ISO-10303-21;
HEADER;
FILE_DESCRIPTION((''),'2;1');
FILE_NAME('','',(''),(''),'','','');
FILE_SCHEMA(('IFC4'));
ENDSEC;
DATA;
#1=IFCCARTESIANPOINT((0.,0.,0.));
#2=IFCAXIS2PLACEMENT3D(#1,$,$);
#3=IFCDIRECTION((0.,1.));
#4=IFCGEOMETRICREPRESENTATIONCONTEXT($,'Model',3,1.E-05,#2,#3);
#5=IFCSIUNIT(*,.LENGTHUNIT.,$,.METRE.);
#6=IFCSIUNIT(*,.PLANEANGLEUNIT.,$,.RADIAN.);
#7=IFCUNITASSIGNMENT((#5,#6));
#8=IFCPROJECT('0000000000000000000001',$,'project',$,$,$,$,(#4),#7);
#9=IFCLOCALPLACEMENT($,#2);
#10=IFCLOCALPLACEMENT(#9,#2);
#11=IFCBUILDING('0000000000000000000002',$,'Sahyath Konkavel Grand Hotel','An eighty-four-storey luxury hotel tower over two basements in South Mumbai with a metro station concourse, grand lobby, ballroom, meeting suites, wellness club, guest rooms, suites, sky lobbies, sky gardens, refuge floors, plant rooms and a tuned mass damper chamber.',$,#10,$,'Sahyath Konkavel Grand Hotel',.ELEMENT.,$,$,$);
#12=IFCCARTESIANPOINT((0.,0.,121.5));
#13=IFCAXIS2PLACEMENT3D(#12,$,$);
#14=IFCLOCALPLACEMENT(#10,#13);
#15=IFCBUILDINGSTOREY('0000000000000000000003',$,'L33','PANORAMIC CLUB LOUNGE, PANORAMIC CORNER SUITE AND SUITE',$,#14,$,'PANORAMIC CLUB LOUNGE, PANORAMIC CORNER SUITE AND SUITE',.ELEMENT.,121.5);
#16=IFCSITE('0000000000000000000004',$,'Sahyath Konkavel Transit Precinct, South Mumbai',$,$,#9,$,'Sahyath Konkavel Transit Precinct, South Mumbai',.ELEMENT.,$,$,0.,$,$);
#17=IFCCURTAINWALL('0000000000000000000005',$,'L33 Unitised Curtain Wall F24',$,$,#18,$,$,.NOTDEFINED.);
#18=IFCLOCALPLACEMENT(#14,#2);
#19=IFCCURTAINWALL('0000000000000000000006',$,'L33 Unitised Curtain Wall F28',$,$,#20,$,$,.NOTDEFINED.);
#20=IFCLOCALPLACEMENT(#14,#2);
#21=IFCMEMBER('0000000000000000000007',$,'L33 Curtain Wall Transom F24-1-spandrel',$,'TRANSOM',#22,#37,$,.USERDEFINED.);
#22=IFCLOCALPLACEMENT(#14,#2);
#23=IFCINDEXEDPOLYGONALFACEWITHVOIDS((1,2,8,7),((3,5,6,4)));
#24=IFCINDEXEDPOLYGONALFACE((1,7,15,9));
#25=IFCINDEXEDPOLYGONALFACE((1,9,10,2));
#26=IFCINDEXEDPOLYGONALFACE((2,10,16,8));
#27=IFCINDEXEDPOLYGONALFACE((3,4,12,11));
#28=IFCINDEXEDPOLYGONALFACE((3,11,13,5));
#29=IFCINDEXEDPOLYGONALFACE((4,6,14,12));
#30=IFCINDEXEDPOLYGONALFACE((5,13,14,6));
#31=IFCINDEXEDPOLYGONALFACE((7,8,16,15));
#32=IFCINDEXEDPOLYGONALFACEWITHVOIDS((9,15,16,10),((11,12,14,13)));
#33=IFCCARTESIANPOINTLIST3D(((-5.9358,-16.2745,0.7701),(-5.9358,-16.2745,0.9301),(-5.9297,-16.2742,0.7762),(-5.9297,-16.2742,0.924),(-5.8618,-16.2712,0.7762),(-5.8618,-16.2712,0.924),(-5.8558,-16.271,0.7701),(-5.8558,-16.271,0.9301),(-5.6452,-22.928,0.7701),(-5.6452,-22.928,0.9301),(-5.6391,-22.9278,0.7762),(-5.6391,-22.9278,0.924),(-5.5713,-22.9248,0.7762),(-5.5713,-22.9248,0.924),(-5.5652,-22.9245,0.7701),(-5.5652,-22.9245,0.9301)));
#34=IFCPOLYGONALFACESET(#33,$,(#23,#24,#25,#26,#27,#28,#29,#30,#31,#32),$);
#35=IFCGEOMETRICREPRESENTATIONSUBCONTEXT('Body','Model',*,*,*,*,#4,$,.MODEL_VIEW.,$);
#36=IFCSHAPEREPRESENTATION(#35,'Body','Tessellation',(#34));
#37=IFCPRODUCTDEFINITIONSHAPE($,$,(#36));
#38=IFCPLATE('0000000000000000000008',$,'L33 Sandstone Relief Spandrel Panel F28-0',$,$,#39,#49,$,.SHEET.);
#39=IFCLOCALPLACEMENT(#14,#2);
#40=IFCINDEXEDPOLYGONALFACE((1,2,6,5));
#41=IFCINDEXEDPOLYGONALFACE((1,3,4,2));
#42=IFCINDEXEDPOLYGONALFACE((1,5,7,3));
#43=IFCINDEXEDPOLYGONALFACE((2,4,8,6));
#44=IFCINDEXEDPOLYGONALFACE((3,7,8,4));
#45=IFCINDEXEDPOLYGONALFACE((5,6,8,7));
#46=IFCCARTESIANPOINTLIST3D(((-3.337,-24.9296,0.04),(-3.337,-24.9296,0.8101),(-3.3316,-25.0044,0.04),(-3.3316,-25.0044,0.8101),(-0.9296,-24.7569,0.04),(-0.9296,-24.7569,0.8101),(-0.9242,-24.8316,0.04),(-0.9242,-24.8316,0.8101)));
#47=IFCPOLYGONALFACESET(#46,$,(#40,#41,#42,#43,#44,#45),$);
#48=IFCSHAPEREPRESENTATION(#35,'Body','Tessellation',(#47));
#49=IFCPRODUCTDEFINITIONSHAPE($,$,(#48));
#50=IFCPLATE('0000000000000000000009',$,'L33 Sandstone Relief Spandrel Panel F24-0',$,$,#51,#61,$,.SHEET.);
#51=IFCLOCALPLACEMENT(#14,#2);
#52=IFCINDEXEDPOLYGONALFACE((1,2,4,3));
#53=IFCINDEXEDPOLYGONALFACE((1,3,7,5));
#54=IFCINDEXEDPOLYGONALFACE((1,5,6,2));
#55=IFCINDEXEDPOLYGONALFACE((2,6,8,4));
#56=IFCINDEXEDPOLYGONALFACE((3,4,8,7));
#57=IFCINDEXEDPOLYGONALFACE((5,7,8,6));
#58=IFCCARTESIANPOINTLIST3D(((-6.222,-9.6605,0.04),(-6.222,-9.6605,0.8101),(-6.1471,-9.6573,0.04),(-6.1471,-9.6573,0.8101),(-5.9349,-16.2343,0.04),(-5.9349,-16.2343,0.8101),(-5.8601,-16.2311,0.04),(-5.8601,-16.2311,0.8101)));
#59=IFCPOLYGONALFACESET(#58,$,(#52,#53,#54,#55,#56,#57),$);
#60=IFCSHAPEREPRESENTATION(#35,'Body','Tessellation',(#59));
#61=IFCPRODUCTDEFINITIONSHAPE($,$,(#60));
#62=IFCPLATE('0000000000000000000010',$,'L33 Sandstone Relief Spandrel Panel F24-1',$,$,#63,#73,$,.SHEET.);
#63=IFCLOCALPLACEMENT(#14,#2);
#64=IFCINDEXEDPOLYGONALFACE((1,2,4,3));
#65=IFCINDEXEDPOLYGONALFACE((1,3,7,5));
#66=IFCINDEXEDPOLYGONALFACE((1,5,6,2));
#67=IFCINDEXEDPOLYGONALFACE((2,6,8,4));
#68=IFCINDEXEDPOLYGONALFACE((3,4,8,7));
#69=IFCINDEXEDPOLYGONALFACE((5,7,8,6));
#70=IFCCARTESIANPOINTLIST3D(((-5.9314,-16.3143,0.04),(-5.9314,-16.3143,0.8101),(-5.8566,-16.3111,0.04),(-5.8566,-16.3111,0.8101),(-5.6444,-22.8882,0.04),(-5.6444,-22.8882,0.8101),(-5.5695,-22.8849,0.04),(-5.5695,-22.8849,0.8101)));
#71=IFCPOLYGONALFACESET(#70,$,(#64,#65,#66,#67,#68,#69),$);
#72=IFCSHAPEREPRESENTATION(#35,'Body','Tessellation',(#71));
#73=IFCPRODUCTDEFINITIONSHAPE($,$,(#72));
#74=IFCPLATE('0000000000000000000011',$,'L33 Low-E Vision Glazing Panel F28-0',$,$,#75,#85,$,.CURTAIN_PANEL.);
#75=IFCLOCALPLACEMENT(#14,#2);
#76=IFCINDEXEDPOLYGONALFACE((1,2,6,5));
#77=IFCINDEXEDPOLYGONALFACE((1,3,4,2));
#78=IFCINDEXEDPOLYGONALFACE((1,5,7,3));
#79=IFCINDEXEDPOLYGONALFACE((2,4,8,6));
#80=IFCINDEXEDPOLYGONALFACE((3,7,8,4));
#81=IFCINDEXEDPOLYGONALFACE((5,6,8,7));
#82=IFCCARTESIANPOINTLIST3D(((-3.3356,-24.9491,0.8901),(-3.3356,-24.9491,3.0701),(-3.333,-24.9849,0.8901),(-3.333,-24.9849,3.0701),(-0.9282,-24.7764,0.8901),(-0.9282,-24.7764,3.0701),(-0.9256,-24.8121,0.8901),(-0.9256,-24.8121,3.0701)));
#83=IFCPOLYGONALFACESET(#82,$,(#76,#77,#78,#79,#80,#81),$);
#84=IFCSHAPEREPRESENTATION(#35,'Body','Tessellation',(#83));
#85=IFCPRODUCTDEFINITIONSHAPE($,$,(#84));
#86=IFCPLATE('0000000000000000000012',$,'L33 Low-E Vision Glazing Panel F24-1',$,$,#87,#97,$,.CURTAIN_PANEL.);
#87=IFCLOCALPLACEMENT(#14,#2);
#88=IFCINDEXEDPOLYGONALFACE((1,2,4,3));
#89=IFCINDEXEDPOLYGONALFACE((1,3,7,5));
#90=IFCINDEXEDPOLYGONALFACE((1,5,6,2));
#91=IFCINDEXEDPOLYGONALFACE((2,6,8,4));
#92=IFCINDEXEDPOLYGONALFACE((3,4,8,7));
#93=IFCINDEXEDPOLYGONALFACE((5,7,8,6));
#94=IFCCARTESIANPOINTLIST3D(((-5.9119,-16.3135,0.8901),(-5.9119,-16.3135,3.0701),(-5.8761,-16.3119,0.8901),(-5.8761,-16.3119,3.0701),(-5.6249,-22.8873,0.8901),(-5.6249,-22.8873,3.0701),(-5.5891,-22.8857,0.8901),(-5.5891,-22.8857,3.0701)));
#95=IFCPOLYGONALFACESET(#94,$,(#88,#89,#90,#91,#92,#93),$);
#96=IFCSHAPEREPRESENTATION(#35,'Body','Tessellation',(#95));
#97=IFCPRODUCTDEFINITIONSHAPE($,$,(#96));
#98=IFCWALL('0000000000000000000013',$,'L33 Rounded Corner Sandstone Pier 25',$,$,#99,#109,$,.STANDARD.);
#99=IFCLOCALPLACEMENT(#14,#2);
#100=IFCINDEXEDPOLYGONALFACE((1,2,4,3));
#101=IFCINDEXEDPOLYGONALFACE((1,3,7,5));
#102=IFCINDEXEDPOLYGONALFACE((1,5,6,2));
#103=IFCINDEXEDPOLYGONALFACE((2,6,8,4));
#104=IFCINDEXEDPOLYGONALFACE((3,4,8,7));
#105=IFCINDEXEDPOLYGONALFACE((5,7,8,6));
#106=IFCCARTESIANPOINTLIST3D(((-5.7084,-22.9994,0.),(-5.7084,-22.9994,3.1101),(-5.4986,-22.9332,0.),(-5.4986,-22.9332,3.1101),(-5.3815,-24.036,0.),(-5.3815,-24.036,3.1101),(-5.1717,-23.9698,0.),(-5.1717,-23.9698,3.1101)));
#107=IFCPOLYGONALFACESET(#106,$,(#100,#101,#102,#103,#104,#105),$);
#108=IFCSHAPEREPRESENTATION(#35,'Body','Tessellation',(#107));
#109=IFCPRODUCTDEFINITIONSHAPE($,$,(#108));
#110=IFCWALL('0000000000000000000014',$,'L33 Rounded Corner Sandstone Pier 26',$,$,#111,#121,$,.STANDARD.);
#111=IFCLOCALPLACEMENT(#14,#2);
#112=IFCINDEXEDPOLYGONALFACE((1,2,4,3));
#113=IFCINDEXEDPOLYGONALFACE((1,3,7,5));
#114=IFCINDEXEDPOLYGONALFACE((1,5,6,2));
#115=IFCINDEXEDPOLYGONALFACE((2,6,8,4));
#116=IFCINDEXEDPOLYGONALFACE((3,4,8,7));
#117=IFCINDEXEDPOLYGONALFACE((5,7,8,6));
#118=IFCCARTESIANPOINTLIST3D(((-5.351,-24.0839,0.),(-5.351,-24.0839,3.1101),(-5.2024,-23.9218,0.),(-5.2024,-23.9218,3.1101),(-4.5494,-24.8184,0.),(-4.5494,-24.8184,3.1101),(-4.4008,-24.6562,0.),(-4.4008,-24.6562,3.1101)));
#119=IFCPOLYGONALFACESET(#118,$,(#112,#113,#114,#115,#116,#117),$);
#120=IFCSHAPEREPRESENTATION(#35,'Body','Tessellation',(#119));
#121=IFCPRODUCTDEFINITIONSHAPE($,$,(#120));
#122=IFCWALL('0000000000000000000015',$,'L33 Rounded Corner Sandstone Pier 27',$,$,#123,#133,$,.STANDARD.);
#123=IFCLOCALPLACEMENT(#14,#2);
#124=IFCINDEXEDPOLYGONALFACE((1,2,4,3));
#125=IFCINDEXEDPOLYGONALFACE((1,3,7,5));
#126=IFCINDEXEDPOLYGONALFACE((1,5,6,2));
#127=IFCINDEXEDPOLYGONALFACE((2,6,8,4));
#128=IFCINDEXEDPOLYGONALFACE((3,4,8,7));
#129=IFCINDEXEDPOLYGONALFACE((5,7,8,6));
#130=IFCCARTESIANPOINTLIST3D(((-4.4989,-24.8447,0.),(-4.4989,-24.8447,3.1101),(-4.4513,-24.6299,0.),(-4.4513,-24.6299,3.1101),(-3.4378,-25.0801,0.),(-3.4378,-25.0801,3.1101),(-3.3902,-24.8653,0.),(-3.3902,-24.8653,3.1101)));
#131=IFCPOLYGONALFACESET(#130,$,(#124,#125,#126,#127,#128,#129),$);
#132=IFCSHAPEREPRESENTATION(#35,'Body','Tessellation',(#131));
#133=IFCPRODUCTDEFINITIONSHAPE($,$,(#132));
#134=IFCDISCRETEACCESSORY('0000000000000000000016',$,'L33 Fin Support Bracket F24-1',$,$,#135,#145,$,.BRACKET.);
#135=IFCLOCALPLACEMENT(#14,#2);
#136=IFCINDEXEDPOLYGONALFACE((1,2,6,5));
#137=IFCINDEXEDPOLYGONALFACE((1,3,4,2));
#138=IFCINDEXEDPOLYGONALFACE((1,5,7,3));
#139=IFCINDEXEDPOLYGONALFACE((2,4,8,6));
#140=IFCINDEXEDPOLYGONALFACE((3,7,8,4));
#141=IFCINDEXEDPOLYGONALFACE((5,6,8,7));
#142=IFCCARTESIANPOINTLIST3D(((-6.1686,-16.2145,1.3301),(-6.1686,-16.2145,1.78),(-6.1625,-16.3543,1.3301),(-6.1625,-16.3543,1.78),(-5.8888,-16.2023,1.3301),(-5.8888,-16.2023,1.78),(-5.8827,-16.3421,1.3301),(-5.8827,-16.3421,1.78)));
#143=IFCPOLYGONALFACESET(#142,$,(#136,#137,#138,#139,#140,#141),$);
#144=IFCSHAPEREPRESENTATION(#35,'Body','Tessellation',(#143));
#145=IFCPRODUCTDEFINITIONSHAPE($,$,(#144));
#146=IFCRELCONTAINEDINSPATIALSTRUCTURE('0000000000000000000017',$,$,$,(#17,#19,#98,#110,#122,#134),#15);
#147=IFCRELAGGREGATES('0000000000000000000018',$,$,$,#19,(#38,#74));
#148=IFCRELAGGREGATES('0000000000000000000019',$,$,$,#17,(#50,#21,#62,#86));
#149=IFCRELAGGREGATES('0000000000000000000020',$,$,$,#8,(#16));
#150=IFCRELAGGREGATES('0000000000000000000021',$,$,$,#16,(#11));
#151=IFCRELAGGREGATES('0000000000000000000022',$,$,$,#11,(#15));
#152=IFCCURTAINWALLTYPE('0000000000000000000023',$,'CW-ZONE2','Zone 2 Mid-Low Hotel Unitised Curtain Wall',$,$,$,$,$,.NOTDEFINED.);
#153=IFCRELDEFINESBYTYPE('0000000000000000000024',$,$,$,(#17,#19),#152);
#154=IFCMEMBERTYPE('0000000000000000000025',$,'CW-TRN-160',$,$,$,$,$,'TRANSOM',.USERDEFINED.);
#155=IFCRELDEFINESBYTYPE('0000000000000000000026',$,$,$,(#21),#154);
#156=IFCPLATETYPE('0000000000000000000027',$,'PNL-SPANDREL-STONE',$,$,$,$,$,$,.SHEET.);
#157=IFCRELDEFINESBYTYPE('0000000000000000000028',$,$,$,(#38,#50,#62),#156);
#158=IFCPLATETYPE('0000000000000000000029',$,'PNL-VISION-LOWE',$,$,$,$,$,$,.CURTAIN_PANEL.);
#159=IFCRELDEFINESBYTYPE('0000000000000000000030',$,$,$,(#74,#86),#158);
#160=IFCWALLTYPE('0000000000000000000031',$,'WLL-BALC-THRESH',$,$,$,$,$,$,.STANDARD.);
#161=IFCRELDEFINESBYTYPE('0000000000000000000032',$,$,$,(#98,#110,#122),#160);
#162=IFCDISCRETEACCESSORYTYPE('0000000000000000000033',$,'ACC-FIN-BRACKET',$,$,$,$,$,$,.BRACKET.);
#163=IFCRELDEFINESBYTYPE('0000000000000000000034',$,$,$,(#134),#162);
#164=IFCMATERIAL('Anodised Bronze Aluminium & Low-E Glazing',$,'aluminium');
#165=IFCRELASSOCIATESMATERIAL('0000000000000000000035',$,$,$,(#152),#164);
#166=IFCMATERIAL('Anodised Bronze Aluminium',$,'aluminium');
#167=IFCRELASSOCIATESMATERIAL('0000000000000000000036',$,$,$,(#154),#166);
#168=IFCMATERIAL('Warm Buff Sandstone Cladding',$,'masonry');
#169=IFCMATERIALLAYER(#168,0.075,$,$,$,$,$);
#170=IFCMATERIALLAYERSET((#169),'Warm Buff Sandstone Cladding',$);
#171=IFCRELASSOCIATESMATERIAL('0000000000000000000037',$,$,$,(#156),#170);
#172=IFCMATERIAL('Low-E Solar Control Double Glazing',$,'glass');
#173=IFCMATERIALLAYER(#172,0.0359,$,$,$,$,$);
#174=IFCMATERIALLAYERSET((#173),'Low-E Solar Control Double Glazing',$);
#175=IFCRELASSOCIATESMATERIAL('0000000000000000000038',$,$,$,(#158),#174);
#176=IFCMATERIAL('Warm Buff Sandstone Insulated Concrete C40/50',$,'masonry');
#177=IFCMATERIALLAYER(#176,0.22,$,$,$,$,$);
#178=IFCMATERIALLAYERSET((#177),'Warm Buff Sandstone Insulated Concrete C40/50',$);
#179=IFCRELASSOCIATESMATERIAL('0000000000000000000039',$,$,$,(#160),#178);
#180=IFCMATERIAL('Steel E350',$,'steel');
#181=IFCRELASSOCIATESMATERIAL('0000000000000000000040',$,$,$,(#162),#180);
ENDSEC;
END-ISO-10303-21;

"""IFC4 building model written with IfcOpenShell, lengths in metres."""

from ifc_helpers import new_model, si_unit, direction, frame, frame_2d, origin, origin_2d, place, context, subcontext, project, spatial, rectangle, hollow_rectangle, extrude, source, transform, mapped, material, layer, layer_set, material_profile, profile_set, type_object, element, aggregate, save


model = new_model("IFC4")

# Units and contexts
model_context = context("Model", 3, precision=1e-05, world=origin(), true_north=direction((0.0, 1.0)))
body_context = subcontext(model_context, "Body", "Model", "MODEL_VIEW")
ifc_project = project(units=[si_unit("LENGTHUNIT", "METRE"), si_unit("PLANEANGLEUNIT", "RADIAN")], contexts=[model_context])

# Site, building, storey
site_placement = place(None, origin())
site = spatial("IfcSite", under=ifc_project, at=site_placement, Name="Sahyath Konkavel Transit Precinct, South Mumbai", LongName="Sahyath Konkavel Transit Precinct, South Mumbai", CompositionType="ELEMENT", RefElevation=0.0)
building_placement = place(site_placement, origin())
building = spatial("IfcBuilding", under=site, at=building_placement, Name="Sahyath Konkavel Grand Hotel", Description="An eighty-four-storey luxury hotel tower over two basements in South Mumbai with a metro station concourse, grand lobby, ballroom, meeting suites, wellness club, guest rooms, suites, sky lobbies, sky gardens, refuge floors, plant rooms and a tuned mass damper chamber.", LongName="Sahyath Konkavel Grand Hotel", CompositionType="ELEMENT")
storey_placement = place(building_placement, frame((0.0, 0.0, 121.5)))
storey = spatial("IfcBuildingStorey", under=building, at=storey_placement, Name="L33", Description="PANORAMIC CLUB LOUNGE, PANORAMIC CORNER SUITE AND SUITE", LongName="PANORAMIC CLUB LOUNGE, PANORAMIC CORNER SUITE AND SUITE", CompositionType="ELEMENT", Elevation=121.5)

# Shared definitions
ifc_material_1 = material(Name="Steel E350", Category="steel")

# Curtain walls
ifc_material_2 = material(Name="Anodised Bronze Aluminium & Low-E Glazing", Category="aluminium")
curtain_wall_type = type_object("IfcCurtainWallType", Name="CW-ZONE2", Description="Zone 2 Mid-Low Hotel Unitised Curtain Wall", PredefinedType="NOTDEFINED", material=ifc_material_2)
curtain_wall_1_placement = place(storey_placement, origin())
curtain_wall_1 = element("IfcCurtainWall", 1, at=curtain_wall_1_placement, inside=storey, type_object=curtain_wall_type, Name="L33 Unitised Curtain Wall F24", PredefinedType="NOTDEFINED")
ifc_material_3 = material(Name="Anodised Bronze Aluminium", Category="aluminium")
curtain_wall_2_placement = place(storey_placement, origin())
curtain_wall_2 = element("IfcCurtainWall", 2, at=curtain_wall_2_placement, inside=storey, type_object=curtain_wall_type, Name="L33 Unitised Curtain Wall F28", PredefinedType="NOTDEFINED")
ifc_material_profile_1 = material_profile(ifc_material_3, hollow_rectangle(XDim=0.0801, YDim=0.1599, WallThickness=0.0061, at=origin_2d()), Name="RHS 160x80x6")
ifc_profile_set_1 = profile_set([ifc_material_profile_1], Name="Anodised Bronze Aluminium")
member_type_1 = type_object("IfcMemberType", Name="CW-TRN-160", ElementType="TRANSOM", PredefinedType="USERDEFINED", material=ifc_profile_set_1)

# Member
shared_shape_1 = source(origin(), body_context, "Body", "SweptSolid", [
    extrude(hollow_rectangle(XDim=0.0801, YDim=0.1599, WallThickness=0.0061, at=origin_2d()), origin(), (0.0, 0.0, 1.0), 6.6599),
])
member_1_placement = place(storey_placement, frame((-5.8958, -16.2727, 0.8501), z_axis=(0.043623, -0.999048, 0.0), x_axis=(0.999048, 0.043623, 0.0)))
member_1 = element("IfcMember", 3, at=member_1_placement, type_object=member_type_1, Name="L33 Curtain Wall Transom F24-1-spandrel", ObjectType="TRANSOM", PredefinedType="USERDEFINED", context=body_context, shape_type="MappedRepresentation", body=[
    mapped(shared_shape_1, transform((0.0, 0.0, 0.0), scale=1.0)),
])

# Plates
ifc_material_4 = material(Name="Warm Buff Sandstone Cladding", Category="masonry")
ifc_layer_1 = layer(ifc_material_4, 0.075)
ifc_layer_set_1 = layer_set([ifc_layer_1], Name="Warm Buff Sandstone Cladding")
plate_type_1 = type_object("IfcPlateType", Name="PNL-SPANDREL-STONE", PredefinedType="SHEET", material=ifc_layer_set_1)
shared_shape_2 = source(origin(), body_context, "Body", "SweptSolid", [
    extrude(rectangle(XDim=2.4136, YDim=0.075, at=origin_2d()), origin(), (0.0, 0.0, 1.0), 0.77),
])
plate_1_placement = place(storey_placement, frame((-2.1306, -24.8806, 0.04), z_axis=(0.0, 0.0, 1.0), x_axis=(0.997436, 0.071567, 0.0)))
plate_1 = element("IfcPlate", 4, at=plate_1_placement, type_object=plate_type_1, Name="L33 Sandstone Relief Spandrel Panel F28-0", PredefinedType="SHEET", context=body_context, shape_type="MappedRepresentation", body=[
    mapped(shared_shape_2, transform((0.0, 0.0, 0.0), scale=1.0)),
])
shared_shape_3 = source(origin(), body_context, "Body", "SweptSolid", [
    extrude(rectangle(XDim=6.5801, YDim=0.075, at=origin_2d()), origin(), (0.0, 0.0, 1.0), 0.77),
])
plate_2_placement = place(storey_placement, frame((-6.041, -12.9458, 0.04), z_axis=(0.0, 0.0, 1.0), x_axis=(0.043619, -0.999048, 0.0)))
plate_2 = element("IfcPlate", 5, at=plate_2_placement, type_object=plate_type_1, Name="L33 Sandstone Relief Spandrel Panel F24-0", PredefinedType="SHEET", context=body_context, shape_type="MappedRepresentation", body=[
    mapped(shared_shape_3, transform((0.0, 0.0, 0.0), scale=1.0)),
])
plate_3_placement = place(storey_placement, frame((-5.7505, -19.5996, 0.04), z_axis=(0.0, 0.0, 1.0), x_axis=(0.043619, -0.999048, 0.0)))
plate_3 = element("IfcPlate", 6, at=plate_3_placement, type_object=plate_type_1, Name="L33 Sandstone Relief Spandrel Panel F24-1", PredefinedType="SHEET", context=body_context, shape_type="MappedRepresentation", body=[
    mapped(shared_shape_3, transform((0.0, 0.0, 0.0), scale=1.0)),
])
ifc_material_5 = material(Name="Low-E Solar Control Double Glazing", Category="glass")
ifc_layer_2 = layer(ifc_material_5, 0.0359)
ifc_layer_set_2 = layer_set([ifc_layer_2], Name="Low-E Solar Control Double Glazing")
plate_type_2 = type_object("IfcPlateType", Name="PNL-VISION-LOWE", PredefinedType="CURTAIN_PANEL", material=ifc_layer_set_2)
shared_shape_4 = source(origin(), body_context, "Body", "SweptSolid", [
    extrude(rectangle(XDim=2.4136, YDim=0.0359, at=origin_2d()), origin(), (0.0, 0.0, 1.0), 2.1799),
])
plate_4_placement = place(storey_placement, frame((-2.1306, -24.8806, 0.8901), z_axis=(0.0, 0.0, 1.0), x_axis=(0.997436, 0.071567, 0.0)))
plate_4 = element("IfcPlate", 7, at=plate_4_placement, type_object=plate_type_2, Name="L33 Low-E Vision Glazing Panel F28-0", PredefinedType="CURTAIN_PANEL", context=body_context, shape_type="MappedRepresentation", body=[
    mapped(shared_shape_4, transform((0.0, 0.0, 0.0), scale=1.0)),
])
aggregate(curtain_wall_2, [plate_1, plate_4])
shared_shape_5 = source(origin(), body_context, "Body", "SweptSolid", [
    extrude(rectangle(XDim=6.5801, YDim=0.0359, at=origin_2d()), origin(), (0.0, 0.0, 1.0), 2.1799),
])
plate_5_placement = place(storey_placement, frame((-5.7505, -19.5996, 0.8901), z_axis=(0.0, 0.0, 1.0), x_axis=(0.043619, -0.999048, 0.0)))
plate_5 = element("IfcPlate", 8, at=plate_5_placement, type_object=plate_type_2, Name="L33 Low-E Vision Glazing Panel F24-1", PredefinedType="CURTAIN_PANEL", context=body_context, shape_type="MappedRepresentation", body=[
    mapped(shared_shape_5, transform((0.0, 0.0, 0.0), scale=1.0)),
])
aggregate(curtain_wall_1, [plate_2, member_1, plate_3, plate_5])

# Walls
ifc_material_6 = material(Name="Warm Buff Sandstone Insulated Concrete C40/50", Category="masonry")
ifc_layer_3 = layer(ifc_material_6, 0.22)
ifc_layer_set_3 = layer_set([ifc_layer_3], Name="Warm Buff Sandstone Insulated Concrete C40/50")
wall_type = type_object("IfcWallType", Name="WLL-BALC-THRESH", PredefinedType="STANDARD", material=ifc_layer_set_3)
wall_1_placement = place(storey_placement, frame((-5.6035, -22.9663, 0.0), z_axis=(0.0, 0.0, 1.0), x_axis=(0.300755, -0.953701, 0.0)))
element("IfcWall", 9, at=wall_1_placement, inside=storey, type_object=wall_type, Name="L33 Rounded Corner Sandstone Pier 25", PredefinedType="STANDARD", context=body_context, shape_type="SweptSolid", body=[
    extrude(rectangle(XDim=1.0869, YDim=0.22, at=frame_2d((0.5435, 0.0))), origin(), (0.0, 0.0, 1.0), 3.1101),
])
wall_2_placement = place(storey_placement, frame((-5.2766, -24.0029, 0.0), z_axis=(0.0, 0.0, 1.0), x_axis=(0.737313, -0.675552, 0.0)))
element("IfcWall", 10, at=wall_2_placement, inside=storey, type_object=wall_type, Name="L33 Rounded Corner Sandstone Pier 26", PredefinedType="STANDARD", context=body_context, shape_type="SweptSolid", body=[
    extrude(rectangle(XDim=1.0872, YDim=0.22, at=frame_2d((0.5435, 0.0))), origin(), (0.0, 0.0, 1.0), 3.1101),
])
wall_3_placement = place(storey_placement, frame((-4.4751, -24.7373, 0.0), z_axis=(0.0, 0.0, 1.0), x_axis=(0.976272, -0.21655, 0.0)))
element("IfcWall", 11, at=wall_3_placement, inside=storey, type_object=wall_type, Name="L33 Rounded Corner Sandstone Pier 27", PredefinedType="STANDARD", context=body_context, shape_type="SweptSolid", body=[
    extrude(rectangle(XDim=1.0869, YDim=0.22, at=frame_2d((0.5435, 0.0))), origin(), (0.0, 0.0, 1.0), 3.1101),
])

# Discrete accessory
discrete_accessory_type = type_object("IfcDiscreteAccessoryType", Name="ACC-FIN-BRACKET", PredefinedType="BRACKET", material=ifc_material_1)
shared_shape_6 = source(origin(), body_context, "Body", "SweptSolid", [
    extrude(rectangle(XDim=0.28, YDim=0.1399, at=origin_2d()), origin(), (0.0, 0.0, 1.0), 0.45),
])
discrete_accessory_placement = place(storey_placement, frame((-6.0256, -16.2783, 1.3301), z_axis=(0.0, 0.0, 1.0), x_axis=(-0.999048, -0.043619, 0.0)))
element("IfcDiscreteAccessory", 12, at=discrete_accessory_placement, inside=storey, type_object=discrete_accessory_type, Name="L33 Fin Support Bracket F24-1", PredefinedType="BRACKET", context=body_context, shape_type="MappedRepresentation", body=[
    mapped(shared_shape_6, transform((0.0, 0.0, 0.0), scale=1.0)),
])

save(model, "model.ifc")
